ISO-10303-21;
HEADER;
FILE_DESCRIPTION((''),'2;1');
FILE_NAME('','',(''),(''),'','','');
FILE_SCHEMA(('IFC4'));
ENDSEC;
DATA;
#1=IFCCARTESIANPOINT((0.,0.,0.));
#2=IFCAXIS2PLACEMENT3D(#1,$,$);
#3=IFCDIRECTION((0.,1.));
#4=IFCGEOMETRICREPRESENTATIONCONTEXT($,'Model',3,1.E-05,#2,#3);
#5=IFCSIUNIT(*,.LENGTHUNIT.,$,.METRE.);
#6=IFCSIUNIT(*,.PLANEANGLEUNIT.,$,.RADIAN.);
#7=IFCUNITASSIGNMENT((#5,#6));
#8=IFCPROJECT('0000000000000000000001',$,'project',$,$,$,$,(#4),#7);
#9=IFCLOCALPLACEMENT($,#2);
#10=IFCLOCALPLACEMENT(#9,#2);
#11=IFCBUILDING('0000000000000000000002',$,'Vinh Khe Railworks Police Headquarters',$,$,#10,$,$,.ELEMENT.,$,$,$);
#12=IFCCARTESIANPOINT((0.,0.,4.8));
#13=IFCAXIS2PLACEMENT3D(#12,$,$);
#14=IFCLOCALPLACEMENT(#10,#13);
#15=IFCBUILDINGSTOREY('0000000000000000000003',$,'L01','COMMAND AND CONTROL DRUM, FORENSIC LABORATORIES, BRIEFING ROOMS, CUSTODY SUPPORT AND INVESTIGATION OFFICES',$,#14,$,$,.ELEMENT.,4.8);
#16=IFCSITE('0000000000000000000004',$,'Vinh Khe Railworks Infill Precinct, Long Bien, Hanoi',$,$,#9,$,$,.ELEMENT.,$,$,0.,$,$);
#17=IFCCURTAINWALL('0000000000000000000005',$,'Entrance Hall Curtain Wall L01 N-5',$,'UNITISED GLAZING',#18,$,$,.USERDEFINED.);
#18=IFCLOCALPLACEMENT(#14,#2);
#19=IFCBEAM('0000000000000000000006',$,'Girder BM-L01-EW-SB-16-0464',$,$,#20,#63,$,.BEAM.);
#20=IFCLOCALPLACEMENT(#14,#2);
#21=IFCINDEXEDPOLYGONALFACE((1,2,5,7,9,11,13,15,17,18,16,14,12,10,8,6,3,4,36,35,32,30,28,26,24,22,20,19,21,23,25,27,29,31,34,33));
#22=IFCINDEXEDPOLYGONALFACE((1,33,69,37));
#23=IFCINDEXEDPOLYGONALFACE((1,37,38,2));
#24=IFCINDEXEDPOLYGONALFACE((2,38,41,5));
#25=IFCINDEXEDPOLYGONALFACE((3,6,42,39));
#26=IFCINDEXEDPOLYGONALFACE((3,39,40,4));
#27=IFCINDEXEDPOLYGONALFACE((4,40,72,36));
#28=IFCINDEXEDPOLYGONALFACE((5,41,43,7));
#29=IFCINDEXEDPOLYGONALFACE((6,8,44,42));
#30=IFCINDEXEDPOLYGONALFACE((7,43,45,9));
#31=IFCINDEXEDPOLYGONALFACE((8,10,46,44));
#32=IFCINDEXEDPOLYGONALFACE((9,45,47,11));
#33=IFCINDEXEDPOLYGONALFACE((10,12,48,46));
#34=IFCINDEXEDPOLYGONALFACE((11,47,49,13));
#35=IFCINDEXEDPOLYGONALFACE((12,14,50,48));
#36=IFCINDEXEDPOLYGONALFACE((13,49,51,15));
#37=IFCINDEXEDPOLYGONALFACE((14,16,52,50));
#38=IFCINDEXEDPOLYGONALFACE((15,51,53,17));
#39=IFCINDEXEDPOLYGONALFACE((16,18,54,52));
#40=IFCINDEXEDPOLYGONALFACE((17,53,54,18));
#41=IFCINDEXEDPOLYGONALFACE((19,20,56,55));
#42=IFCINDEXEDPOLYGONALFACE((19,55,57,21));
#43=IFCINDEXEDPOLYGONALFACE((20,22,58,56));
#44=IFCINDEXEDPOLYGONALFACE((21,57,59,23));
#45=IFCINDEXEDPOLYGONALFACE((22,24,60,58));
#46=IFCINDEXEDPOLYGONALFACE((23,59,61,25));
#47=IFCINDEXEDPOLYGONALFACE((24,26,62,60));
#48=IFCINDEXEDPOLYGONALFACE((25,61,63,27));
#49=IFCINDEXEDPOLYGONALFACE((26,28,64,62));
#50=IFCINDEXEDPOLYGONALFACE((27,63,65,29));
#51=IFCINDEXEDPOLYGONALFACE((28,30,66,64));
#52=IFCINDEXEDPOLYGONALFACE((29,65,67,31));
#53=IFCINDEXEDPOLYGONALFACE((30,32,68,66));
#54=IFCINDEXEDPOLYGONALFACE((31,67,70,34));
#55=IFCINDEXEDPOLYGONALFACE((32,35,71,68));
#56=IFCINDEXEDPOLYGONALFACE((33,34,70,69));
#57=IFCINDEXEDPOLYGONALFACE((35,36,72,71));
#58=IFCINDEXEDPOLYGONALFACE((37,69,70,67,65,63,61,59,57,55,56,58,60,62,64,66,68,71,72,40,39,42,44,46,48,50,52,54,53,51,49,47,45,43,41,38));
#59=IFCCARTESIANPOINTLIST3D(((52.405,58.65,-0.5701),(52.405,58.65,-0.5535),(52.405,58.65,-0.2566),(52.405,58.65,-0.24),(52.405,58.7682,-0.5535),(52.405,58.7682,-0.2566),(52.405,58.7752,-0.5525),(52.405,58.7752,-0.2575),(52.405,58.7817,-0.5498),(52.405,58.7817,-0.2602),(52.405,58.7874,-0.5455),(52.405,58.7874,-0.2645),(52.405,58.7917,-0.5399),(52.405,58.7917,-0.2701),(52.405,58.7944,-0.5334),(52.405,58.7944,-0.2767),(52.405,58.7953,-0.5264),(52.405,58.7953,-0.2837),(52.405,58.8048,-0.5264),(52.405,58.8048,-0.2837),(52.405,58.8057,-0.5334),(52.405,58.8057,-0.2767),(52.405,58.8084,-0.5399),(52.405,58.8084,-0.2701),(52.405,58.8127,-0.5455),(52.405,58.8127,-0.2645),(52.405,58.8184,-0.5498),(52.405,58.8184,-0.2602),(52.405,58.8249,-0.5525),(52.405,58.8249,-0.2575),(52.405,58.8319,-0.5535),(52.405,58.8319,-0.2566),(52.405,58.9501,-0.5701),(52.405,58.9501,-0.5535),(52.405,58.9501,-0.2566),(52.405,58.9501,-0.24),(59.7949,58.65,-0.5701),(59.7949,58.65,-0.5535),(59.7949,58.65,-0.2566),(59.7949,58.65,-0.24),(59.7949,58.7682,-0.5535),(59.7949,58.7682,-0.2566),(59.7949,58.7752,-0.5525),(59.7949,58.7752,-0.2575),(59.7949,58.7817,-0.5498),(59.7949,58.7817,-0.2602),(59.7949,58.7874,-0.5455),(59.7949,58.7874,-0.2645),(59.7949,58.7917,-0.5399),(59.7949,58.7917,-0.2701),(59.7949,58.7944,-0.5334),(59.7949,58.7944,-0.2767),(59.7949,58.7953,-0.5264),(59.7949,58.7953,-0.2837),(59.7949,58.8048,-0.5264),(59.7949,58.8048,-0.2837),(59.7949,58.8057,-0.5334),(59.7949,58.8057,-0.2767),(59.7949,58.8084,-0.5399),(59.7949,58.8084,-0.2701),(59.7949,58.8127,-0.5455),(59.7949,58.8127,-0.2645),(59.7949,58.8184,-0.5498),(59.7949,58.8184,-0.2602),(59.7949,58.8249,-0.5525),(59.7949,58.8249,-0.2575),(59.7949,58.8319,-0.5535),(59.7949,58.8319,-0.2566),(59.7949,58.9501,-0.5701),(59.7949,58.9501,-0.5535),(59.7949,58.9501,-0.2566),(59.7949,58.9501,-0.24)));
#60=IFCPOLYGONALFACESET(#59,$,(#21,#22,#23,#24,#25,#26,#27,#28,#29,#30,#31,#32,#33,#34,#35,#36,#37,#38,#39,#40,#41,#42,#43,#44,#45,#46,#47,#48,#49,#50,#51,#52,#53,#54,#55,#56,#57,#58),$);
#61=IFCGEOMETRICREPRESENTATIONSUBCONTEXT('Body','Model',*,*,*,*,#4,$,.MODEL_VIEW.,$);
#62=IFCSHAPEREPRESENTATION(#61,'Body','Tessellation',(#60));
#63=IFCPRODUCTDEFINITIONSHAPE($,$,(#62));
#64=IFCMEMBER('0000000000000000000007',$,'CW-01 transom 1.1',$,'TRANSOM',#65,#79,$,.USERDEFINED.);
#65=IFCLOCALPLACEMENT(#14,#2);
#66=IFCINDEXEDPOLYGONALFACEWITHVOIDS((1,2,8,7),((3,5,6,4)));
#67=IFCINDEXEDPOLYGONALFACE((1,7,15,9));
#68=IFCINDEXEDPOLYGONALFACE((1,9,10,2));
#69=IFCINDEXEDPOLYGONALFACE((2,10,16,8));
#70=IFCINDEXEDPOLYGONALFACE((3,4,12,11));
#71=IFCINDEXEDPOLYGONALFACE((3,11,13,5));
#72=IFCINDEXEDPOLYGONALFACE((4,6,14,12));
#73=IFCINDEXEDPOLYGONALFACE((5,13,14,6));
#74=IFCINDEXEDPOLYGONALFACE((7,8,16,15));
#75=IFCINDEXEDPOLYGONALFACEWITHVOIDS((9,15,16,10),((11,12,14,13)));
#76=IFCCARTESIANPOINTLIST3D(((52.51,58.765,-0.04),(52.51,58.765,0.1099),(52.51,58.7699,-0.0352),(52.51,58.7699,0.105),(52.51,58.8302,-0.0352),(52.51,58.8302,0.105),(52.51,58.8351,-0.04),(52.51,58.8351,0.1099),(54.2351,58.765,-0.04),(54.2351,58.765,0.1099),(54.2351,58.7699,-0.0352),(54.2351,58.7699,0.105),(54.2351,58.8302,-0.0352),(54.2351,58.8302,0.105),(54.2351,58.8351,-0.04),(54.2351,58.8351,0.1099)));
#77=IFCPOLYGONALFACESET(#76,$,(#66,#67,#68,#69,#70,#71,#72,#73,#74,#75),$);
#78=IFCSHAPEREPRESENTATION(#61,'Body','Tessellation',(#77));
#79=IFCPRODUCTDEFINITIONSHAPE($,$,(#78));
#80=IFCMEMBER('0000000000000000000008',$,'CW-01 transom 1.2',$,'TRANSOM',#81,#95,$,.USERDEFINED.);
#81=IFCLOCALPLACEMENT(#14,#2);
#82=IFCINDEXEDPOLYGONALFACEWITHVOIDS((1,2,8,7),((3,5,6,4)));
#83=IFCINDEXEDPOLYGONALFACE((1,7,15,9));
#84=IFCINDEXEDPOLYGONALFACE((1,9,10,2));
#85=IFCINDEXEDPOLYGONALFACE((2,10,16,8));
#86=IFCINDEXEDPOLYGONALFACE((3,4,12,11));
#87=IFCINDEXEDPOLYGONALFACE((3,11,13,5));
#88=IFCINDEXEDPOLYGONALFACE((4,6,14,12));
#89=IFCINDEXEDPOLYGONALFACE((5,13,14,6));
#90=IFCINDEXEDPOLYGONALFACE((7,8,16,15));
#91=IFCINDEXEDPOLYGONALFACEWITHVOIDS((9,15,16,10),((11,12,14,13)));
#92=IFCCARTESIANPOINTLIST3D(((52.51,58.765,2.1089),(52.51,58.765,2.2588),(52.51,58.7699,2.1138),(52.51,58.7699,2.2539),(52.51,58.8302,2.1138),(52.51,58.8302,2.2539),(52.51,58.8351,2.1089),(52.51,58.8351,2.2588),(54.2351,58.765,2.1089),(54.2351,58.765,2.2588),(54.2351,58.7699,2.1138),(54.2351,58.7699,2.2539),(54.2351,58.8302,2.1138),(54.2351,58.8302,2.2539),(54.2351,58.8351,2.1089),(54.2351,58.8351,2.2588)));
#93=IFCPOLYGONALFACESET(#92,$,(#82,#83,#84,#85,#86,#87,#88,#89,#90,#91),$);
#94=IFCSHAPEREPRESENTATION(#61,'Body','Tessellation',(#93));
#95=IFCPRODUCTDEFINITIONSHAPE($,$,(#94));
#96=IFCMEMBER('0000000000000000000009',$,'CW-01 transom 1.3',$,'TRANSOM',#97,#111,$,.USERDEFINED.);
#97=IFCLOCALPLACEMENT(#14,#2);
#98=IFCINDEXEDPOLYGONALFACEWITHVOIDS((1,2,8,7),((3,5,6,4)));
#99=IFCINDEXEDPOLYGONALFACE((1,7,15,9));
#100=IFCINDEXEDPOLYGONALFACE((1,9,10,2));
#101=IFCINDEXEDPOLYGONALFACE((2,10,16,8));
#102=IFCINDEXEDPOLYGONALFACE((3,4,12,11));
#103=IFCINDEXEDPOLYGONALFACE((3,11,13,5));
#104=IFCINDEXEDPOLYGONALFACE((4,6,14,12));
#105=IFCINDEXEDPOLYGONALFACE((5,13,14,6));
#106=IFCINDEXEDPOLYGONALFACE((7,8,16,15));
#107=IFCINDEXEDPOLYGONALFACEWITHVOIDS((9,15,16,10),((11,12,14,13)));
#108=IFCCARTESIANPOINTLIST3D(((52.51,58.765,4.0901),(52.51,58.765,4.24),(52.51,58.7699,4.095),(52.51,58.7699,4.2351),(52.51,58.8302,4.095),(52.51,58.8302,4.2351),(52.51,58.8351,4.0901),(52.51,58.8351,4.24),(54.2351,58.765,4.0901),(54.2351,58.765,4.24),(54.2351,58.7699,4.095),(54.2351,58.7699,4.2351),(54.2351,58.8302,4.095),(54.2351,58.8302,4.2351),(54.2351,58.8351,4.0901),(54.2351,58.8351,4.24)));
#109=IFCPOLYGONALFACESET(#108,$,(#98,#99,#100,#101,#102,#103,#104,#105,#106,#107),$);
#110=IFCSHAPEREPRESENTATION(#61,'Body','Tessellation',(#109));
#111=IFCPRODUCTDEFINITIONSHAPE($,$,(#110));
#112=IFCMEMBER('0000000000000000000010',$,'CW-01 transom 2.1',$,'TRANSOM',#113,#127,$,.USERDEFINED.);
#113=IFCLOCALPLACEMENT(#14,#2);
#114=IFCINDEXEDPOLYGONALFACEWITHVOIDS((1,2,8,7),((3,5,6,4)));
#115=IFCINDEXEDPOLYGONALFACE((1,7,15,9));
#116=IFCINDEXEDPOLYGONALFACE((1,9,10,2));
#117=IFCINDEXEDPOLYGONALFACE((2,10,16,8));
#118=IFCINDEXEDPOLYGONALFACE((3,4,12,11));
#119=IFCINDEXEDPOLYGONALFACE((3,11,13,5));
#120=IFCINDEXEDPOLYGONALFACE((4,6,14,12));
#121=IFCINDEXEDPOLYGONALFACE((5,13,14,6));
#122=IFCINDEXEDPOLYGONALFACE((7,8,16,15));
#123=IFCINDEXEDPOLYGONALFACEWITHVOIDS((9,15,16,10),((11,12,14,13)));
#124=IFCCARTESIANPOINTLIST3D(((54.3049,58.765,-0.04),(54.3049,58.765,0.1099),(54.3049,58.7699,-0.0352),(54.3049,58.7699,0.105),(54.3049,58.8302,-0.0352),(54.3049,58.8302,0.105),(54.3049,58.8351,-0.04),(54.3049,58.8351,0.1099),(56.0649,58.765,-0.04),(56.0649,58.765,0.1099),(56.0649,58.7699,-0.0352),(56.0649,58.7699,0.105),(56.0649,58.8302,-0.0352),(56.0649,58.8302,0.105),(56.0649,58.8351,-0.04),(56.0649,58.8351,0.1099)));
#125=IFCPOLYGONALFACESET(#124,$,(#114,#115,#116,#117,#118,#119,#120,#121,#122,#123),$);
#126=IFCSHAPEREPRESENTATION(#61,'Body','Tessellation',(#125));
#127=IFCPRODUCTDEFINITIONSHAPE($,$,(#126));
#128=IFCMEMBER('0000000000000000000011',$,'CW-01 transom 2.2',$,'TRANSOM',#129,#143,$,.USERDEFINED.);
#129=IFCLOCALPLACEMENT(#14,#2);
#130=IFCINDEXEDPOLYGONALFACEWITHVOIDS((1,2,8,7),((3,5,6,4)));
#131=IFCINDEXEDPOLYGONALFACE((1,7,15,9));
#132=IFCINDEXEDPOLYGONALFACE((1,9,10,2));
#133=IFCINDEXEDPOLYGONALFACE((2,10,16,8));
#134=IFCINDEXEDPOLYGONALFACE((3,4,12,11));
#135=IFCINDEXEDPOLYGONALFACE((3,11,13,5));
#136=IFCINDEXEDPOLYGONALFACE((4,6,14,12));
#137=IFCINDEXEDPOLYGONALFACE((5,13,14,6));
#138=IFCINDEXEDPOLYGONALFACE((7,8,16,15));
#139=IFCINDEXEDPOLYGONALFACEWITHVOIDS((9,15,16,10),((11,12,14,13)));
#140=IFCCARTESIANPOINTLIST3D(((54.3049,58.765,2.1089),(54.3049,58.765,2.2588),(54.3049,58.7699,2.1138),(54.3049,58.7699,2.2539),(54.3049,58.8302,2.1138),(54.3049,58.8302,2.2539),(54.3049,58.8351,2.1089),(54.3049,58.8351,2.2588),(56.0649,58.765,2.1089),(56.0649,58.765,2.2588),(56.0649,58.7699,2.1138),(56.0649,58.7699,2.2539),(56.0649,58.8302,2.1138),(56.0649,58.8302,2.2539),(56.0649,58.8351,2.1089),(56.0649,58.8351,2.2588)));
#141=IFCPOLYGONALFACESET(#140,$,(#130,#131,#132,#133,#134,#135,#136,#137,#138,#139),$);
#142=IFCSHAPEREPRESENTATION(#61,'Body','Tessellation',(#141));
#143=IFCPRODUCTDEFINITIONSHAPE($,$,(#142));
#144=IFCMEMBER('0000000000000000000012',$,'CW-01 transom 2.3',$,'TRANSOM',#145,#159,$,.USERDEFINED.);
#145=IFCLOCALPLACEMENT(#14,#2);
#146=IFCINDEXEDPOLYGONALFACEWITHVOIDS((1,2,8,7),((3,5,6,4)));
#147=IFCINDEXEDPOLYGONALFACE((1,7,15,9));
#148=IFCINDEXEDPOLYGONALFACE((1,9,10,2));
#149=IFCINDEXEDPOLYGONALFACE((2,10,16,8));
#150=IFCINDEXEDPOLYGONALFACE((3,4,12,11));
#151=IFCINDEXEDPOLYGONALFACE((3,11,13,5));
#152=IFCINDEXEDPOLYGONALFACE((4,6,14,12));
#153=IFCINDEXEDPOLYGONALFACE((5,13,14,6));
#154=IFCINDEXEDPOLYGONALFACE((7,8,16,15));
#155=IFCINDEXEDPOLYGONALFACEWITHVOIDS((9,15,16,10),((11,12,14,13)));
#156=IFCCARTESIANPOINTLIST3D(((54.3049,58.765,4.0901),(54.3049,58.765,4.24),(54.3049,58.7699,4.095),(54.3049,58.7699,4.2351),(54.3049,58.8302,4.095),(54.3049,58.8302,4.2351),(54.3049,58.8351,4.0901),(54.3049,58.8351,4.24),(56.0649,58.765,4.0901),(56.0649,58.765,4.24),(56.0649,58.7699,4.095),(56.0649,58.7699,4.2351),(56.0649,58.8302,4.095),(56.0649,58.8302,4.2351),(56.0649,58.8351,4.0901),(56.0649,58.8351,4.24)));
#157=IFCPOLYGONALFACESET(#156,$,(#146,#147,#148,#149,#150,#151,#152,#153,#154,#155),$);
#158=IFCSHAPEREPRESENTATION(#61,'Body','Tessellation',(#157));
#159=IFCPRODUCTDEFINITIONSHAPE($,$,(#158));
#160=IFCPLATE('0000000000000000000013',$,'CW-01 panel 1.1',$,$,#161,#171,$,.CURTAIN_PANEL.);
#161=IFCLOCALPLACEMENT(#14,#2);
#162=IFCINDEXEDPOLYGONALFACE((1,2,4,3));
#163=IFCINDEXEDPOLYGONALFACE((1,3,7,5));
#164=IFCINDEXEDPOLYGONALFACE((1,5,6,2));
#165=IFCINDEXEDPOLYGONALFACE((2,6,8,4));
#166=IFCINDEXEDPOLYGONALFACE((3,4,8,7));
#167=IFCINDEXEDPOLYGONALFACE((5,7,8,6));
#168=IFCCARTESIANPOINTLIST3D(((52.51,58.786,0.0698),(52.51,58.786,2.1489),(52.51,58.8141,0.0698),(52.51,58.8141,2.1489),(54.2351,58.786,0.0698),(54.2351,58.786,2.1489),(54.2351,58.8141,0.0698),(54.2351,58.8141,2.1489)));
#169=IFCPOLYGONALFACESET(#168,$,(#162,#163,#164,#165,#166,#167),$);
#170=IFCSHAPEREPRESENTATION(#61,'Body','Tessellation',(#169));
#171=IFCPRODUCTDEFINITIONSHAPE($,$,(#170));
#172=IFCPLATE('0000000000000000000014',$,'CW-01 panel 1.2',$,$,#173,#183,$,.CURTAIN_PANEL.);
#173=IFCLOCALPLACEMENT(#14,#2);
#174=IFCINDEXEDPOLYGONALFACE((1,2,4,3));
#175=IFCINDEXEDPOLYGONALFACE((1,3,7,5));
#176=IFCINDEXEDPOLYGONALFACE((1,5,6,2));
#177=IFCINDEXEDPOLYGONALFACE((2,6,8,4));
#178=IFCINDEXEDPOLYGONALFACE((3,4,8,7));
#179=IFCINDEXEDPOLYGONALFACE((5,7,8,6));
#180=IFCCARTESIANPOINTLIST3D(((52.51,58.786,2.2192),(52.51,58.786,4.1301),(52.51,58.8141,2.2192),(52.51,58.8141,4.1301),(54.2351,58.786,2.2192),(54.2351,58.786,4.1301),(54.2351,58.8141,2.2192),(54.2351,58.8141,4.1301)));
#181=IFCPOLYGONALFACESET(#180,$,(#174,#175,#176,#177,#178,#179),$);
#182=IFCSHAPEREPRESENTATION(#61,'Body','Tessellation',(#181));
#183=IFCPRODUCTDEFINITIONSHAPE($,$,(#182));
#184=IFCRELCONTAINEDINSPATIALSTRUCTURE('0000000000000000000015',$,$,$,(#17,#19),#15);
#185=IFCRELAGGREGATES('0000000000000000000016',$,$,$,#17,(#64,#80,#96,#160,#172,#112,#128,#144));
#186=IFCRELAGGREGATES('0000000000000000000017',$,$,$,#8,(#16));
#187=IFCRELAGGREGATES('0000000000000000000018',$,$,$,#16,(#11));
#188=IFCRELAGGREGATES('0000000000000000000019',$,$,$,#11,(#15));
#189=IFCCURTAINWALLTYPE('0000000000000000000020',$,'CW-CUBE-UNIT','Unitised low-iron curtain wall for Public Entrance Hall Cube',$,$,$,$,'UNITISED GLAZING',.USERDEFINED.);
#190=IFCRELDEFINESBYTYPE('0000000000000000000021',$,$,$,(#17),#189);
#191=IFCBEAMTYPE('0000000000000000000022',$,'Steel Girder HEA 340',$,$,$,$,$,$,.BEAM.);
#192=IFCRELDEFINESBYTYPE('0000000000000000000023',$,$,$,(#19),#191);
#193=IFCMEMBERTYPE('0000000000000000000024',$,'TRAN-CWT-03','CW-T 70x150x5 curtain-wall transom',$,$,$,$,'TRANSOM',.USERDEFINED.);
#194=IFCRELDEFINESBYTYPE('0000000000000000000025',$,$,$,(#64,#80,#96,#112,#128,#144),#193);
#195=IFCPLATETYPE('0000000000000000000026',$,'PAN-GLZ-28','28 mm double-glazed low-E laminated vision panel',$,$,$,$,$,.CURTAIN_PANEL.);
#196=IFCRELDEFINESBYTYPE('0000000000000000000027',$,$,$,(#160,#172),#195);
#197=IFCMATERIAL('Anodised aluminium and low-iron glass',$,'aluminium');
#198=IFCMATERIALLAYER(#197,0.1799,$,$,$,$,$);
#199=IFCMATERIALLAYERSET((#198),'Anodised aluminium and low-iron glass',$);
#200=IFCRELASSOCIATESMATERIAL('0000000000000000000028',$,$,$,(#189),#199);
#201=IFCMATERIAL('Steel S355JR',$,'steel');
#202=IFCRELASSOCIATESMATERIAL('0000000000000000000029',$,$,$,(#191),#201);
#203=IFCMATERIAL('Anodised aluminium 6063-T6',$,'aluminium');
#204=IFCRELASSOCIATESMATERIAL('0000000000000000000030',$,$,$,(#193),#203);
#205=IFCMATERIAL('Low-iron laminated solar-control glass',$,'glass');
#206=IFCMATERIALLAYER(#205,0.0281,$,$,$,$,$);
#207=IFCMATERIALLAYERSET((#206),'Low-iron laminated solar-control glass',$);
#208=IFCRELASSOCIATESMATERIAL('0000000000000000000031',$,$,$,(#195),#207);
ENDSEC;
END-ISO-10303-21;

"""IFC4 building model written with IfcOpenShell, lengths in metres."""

from ifc_helpers import new_model, si_unit, direction, frame, origin, origin_2d, place, context, subcontext, project, spatial, rectangle, hollow_rectangle, i_section, extrude, material, layer, layer_set, material_profile, profile_set, type_object, element, aggregate, save


model = new_model("IFC4")

# Units and contexts
model_context = context("Model", 3, precision=1e-05, world=origin(), true_north=direction((0.0, 1.0)))
body_context = subcontext(model_context, "Body", "Model", "MODEL_VIEW")
ifc_project = project(units=[si_unit("LENGTHUNIT", "METRE"), si_unit("PLANEANGLEUNIT", "RADIAN")], contexts=[model_context])

# Site, building, storey
site_placement = place(None, origin())
site = spatial("IfcSite", under=ifc_project, at=site_placement, Name="Vinh Khe Railworks Infill Precinct, Long Bien, Hanoi", CompositionType="ELEMENT", RefElevation=0.0)
building_placement = place(site_placement, origin())
building = spatial("IfcBuilding", under=site, at=building_placement, Name="Vinh Khe Railworks Police Headquarters", CompositionType="ELEMENT")
storey_placement = place(building_placement, frame((0.0, 0.0, 4.8)))
storey = spatial("IfcBuildingStorey", under=building, at=storey_placement, Name="L01", Description="COMMAND AND CONTROL DRUM, FORENSIC LABORATORIES, BRIEFING ROOMS, CUSTODY SUPPORT AND INVESTIGATION OFFICES", CompositionType="ELEMENT", Elevation=4.8)

# Shared definitions
ifc_material_1 = material(Name="Steel S355JR", Category="steel")

# Shared definitions
ifc_material_2 = material(Name="Anodised aluminium and low-iron glass", Category="aluminium")
ifc_layer_1 = layer(ifc_material_2, 0.1799)
ifc_layer_set_1 = layer_set([ifc_layer_1], Name="Anodised aluminium and low-iron glass")
curtain_wall_type = type_object("IfcCurtainWallType", Name="CW-CUBE-UNIT", Description="Unitised low-iron curtain wall for Public Entrance Hall Cube", ElementType="UNITISED GLAZING", PredefinedType="USERDEFINED", material=ifc_layer_set_1)
ifc_material_3 = material(Name="Anodised aluminium 6063-T6", Category="aluminium")

# Curtain wall
curtain_wall_1_placement = place(storey_placement, origin())
curtain_wall_1 = element("IfcCurtainWall", 1, at=curtain_wall_1_placement, inside=storey, type_object=curtain_wall_type, Name="Entrance Hall Curtain Wall L01 N-5", ObjectType="UNITISED GLAZING", PredefinedType="USERDEFINED")

# Beam
ifc_material_profile_1 = material_profile(ifc_material_1, i_section(OverallWidth=0.3, OverallDepth=0.3301, WebThickness=0.0095, FlangeThickness=0.0166, FilletRadius=0.0271, at=origin_2d()), Name="HEA 340")
ifc_profile_set_1 = profile_set([ifc_material_profile_1], Name="Steel S355JR")
beam_type = type_object("IfcBeamType", Name="Steel Girder HEA 340", PredefinedType="BEAM", material=ifc_profile_set_1)
beam_placement = place(storey_placement, frame((52.405, 58.8, -0.405), z_axis=(1.0, 0.0, 0.0), x_axis=(0.0, 1.0, 0.0)))
element("IfcBeam", 2, at=beam_placement, inside=storey, type_object=beam_type, Name="Girder BM-L01-EW-SB-16-0464", PredefinedType="BEAM", context=body_context, shape_type="SweptSolid", body=[
    extrude(i_section(OverallWidth=0.3, OverallDepth=0.3301, WebThickness=0.0095, FlangeThickness=0.0166, FilletRadius=0.0271, at=origin_2d()), origin(), (0.0, 0.0, 1.0), 7.3899),
])

# Members
ifc_material_profile_2 = material_profile(ifc_material_3, hollow_rectangle(XDim=0.0701, YDim=0.1499, WallThickness=0.0049, at=origin_2d()), Name="CW-T 70x150x5")
ifc_profile_set_2 = profile_set([ifc_material_profile_2], Name="Anodised aluminium 6063-T6")
member_type_1 = type_object("IfcMemberType", Name="TRAN-CWT-03", Description="CW-T 70x150x5 curtain-wall transom", ElementType="TRANSOM", PredefinedType="USERDEFINED", material=ifc_profile_set_2)
member_1_placement = place(storey_placement, frame((52.51, 58.8, 0.0349), z_axis=(1.0, 0.0, 0.0), x_axis=(0.0, 1.0, 0.0)))
member_1 = element("IfcMember", 3, at=member_1_placement, type_object=member_type_1, Name="CW-01 transom 1.1", ObjectType="TRANSOM", PredefinedType="USERDEFINED", context=body_context, shape_type="SweptSolid", body=[
    extrude(hollow_rectangle(XDim=0.0701, YDim=0.1499, WallThickness=0.0049, at=origin_2d()), origin(), (0.0, 0.0, 1.0), 1.7251),
])
member_2_placement = place(storey_placement, frame((52.51, 58.8, 2.1838), z_axis=(1.0, 0.0, 0.0), x_axis=(0.0, 1.0, 0.0)))
member_2 = element("IfcMember", 4, at=member_2_placement, type_object=member_type_1, Name="CW-01 transom 1.2", ObjectType="TRANSOM", PredefinedType="USERDEFINED", context=body_context, shape_type="SweptSolid", body=[
    extrude(hollow_rectangle(XDim=0.0701, YDim=0.1499, WallThickness=0.0049, at=origin_2d()), origin(), (0.0, 0.0, 1.0), 1.7251),
])
member_3_placement = place(storey_placement, frame((52.51, 58.8, 4.165), z_axis=(1.0, 0.0, 0.0), x_axis=(0.0, 1.0, 0.0)))
member_3 = element("IfcMember", 5, at=member_3_placement, type_object=member_type_1, Name="CW-01 transom 1.3", ObjectType="TRANSOM", PredefinedType="USERDEFINED", context=body_context, shape_type="SweptSolid", body=[
    extrude(hollow_rectangle(XDim=0.0701, YDim=0.1499, WallThickness=0.0049, at=origin_2d()), origin(), (0.0, 0.0, 1.0), 1.7251),
])
member_4_placement = place(storey_placement, frame((54.3049, 58.8, 0.0349), z_axis=(1.0, 0.0, 0.0), x_axis=(0.0, 1.0, 0.0)))
member_4 = element("IfcMember", 6, at=member_4_placement, type_object=member_type_1, Name="CW-01 transom 2.1", ObjectType="TRANSOM", PredefinedType="USERDEFINED", context=body_context, shape_type="SweptSolid", body=[
    extrude(hollow_rectangle(XDim=0.0701, YDim=0.1499, WallThickness=0.0049, at=origin_2d()), origin(), (0.0, 0.0, 1.0), 1.76),
])
member_5_placement = place(storey_placement, frame((54.3049, 58.8, 2.1838), z_axis=(1.0, 0.0, 0.0), x_axis=(0.0, 1.0, 0.0)))
member_5 = element("IfcMember", 7, at=member_5_placement, type_object=member_type_1, Name="CW-01 transom 2.2", ObjectType="TRANSOM", PredefinedType="USERDEFINED", context=body_context, shape_type="SweptSolid", body=[
    extrude(hollow_rectangle(XDim=0.0701, YDim=0.1499, WallThickness=0.0049, at=origin_2d()), origin(), (0.0, 0.0, 1.0), 1.76),
])
member_6_placement = place(storey_placement, frame((54.3049, 58.8, 4.165), z_axis=(1.0, 0.0, 0.0), x_axis=(0.0, 1.0, 0.0)))
member_6 = element("IfcMember", 8, at=member_6_placement, type_object=member_type_1, Name="CW-01 transom 2.3", ObjectType="TRANSOM", PredefinedType="USERDEFINED", context=body_context, shape_type="SweptSolid", body=[
    extrude(hollow_rectangle(XDim=0.0701, YDim=0.1499, WallThickness=0.0049, at=origin_2d()), origin(), (0.0, 0.0, 1.0), 1.76),
])

# Plates
ifc_material_4 = material(Name="Low-iron laminated solar-control glass", Category="glass")
ifc_layer_2 = layer(ifc_material_4, 0.0281)
ifc_layer_set_2 = layer_set([ifc_layer_2], Name="Low-iron laminated solar-control glass")
plate_type = type_object("IfcPlateType", Name="PAN-GLZ-28", Description="28 mm double-glazed low-E laminated vision panel", PredefinedType="CURTAIN_PANEL", material=ifc_layer_set_2)
plate_1_placement = place(storey_placement, frame((53.3726, 58.8, 0.0698), z_axis=(0.0, 0.0, 1.0), x_axis=(1.0, 0.0, 0.0)))
plate_1 = element("IfcPlate", 9, at=plate_1_placement, type_object=plate_type, Name="CW-01 panel 1.1", PredefinedType="CURTAIN_PANEL", context=body_context, shape_type="SweptSolid", body=[
    extrude(rectangle(XDim=1.7251, YDim=0.0281, at=origin_2d()), origin(), (0.0, 0.0, 1.0), 2.0791),
])
plate_2_placement = place(storey_placement, frame((53.3726, 58.8, 2.2192), z_axis=(0.0, 0.0, 1.0), x_axis=(1.0, 0.0, 0.0)))
plate_2 = element("IfcPlate", 10, at=plate_2_placement, type_object=plate_type, Name="CW-01 panel 1.2", PredefinedType="CURTAIN_PANEL", context=body_context, shape_type="SweptSolid", body=[
    extrude(rectangle(XDim=1.7251, YDim=0.0281, at=origin_2d()), origin(), (0.0, 0.0, 1.0), 1.9109),
])
aggregate(curtain_wall_1, [member_1, member_2, member_3, plate_1, plate_2, member_4, member_5, member_6])

save(model, "model.ifc")
